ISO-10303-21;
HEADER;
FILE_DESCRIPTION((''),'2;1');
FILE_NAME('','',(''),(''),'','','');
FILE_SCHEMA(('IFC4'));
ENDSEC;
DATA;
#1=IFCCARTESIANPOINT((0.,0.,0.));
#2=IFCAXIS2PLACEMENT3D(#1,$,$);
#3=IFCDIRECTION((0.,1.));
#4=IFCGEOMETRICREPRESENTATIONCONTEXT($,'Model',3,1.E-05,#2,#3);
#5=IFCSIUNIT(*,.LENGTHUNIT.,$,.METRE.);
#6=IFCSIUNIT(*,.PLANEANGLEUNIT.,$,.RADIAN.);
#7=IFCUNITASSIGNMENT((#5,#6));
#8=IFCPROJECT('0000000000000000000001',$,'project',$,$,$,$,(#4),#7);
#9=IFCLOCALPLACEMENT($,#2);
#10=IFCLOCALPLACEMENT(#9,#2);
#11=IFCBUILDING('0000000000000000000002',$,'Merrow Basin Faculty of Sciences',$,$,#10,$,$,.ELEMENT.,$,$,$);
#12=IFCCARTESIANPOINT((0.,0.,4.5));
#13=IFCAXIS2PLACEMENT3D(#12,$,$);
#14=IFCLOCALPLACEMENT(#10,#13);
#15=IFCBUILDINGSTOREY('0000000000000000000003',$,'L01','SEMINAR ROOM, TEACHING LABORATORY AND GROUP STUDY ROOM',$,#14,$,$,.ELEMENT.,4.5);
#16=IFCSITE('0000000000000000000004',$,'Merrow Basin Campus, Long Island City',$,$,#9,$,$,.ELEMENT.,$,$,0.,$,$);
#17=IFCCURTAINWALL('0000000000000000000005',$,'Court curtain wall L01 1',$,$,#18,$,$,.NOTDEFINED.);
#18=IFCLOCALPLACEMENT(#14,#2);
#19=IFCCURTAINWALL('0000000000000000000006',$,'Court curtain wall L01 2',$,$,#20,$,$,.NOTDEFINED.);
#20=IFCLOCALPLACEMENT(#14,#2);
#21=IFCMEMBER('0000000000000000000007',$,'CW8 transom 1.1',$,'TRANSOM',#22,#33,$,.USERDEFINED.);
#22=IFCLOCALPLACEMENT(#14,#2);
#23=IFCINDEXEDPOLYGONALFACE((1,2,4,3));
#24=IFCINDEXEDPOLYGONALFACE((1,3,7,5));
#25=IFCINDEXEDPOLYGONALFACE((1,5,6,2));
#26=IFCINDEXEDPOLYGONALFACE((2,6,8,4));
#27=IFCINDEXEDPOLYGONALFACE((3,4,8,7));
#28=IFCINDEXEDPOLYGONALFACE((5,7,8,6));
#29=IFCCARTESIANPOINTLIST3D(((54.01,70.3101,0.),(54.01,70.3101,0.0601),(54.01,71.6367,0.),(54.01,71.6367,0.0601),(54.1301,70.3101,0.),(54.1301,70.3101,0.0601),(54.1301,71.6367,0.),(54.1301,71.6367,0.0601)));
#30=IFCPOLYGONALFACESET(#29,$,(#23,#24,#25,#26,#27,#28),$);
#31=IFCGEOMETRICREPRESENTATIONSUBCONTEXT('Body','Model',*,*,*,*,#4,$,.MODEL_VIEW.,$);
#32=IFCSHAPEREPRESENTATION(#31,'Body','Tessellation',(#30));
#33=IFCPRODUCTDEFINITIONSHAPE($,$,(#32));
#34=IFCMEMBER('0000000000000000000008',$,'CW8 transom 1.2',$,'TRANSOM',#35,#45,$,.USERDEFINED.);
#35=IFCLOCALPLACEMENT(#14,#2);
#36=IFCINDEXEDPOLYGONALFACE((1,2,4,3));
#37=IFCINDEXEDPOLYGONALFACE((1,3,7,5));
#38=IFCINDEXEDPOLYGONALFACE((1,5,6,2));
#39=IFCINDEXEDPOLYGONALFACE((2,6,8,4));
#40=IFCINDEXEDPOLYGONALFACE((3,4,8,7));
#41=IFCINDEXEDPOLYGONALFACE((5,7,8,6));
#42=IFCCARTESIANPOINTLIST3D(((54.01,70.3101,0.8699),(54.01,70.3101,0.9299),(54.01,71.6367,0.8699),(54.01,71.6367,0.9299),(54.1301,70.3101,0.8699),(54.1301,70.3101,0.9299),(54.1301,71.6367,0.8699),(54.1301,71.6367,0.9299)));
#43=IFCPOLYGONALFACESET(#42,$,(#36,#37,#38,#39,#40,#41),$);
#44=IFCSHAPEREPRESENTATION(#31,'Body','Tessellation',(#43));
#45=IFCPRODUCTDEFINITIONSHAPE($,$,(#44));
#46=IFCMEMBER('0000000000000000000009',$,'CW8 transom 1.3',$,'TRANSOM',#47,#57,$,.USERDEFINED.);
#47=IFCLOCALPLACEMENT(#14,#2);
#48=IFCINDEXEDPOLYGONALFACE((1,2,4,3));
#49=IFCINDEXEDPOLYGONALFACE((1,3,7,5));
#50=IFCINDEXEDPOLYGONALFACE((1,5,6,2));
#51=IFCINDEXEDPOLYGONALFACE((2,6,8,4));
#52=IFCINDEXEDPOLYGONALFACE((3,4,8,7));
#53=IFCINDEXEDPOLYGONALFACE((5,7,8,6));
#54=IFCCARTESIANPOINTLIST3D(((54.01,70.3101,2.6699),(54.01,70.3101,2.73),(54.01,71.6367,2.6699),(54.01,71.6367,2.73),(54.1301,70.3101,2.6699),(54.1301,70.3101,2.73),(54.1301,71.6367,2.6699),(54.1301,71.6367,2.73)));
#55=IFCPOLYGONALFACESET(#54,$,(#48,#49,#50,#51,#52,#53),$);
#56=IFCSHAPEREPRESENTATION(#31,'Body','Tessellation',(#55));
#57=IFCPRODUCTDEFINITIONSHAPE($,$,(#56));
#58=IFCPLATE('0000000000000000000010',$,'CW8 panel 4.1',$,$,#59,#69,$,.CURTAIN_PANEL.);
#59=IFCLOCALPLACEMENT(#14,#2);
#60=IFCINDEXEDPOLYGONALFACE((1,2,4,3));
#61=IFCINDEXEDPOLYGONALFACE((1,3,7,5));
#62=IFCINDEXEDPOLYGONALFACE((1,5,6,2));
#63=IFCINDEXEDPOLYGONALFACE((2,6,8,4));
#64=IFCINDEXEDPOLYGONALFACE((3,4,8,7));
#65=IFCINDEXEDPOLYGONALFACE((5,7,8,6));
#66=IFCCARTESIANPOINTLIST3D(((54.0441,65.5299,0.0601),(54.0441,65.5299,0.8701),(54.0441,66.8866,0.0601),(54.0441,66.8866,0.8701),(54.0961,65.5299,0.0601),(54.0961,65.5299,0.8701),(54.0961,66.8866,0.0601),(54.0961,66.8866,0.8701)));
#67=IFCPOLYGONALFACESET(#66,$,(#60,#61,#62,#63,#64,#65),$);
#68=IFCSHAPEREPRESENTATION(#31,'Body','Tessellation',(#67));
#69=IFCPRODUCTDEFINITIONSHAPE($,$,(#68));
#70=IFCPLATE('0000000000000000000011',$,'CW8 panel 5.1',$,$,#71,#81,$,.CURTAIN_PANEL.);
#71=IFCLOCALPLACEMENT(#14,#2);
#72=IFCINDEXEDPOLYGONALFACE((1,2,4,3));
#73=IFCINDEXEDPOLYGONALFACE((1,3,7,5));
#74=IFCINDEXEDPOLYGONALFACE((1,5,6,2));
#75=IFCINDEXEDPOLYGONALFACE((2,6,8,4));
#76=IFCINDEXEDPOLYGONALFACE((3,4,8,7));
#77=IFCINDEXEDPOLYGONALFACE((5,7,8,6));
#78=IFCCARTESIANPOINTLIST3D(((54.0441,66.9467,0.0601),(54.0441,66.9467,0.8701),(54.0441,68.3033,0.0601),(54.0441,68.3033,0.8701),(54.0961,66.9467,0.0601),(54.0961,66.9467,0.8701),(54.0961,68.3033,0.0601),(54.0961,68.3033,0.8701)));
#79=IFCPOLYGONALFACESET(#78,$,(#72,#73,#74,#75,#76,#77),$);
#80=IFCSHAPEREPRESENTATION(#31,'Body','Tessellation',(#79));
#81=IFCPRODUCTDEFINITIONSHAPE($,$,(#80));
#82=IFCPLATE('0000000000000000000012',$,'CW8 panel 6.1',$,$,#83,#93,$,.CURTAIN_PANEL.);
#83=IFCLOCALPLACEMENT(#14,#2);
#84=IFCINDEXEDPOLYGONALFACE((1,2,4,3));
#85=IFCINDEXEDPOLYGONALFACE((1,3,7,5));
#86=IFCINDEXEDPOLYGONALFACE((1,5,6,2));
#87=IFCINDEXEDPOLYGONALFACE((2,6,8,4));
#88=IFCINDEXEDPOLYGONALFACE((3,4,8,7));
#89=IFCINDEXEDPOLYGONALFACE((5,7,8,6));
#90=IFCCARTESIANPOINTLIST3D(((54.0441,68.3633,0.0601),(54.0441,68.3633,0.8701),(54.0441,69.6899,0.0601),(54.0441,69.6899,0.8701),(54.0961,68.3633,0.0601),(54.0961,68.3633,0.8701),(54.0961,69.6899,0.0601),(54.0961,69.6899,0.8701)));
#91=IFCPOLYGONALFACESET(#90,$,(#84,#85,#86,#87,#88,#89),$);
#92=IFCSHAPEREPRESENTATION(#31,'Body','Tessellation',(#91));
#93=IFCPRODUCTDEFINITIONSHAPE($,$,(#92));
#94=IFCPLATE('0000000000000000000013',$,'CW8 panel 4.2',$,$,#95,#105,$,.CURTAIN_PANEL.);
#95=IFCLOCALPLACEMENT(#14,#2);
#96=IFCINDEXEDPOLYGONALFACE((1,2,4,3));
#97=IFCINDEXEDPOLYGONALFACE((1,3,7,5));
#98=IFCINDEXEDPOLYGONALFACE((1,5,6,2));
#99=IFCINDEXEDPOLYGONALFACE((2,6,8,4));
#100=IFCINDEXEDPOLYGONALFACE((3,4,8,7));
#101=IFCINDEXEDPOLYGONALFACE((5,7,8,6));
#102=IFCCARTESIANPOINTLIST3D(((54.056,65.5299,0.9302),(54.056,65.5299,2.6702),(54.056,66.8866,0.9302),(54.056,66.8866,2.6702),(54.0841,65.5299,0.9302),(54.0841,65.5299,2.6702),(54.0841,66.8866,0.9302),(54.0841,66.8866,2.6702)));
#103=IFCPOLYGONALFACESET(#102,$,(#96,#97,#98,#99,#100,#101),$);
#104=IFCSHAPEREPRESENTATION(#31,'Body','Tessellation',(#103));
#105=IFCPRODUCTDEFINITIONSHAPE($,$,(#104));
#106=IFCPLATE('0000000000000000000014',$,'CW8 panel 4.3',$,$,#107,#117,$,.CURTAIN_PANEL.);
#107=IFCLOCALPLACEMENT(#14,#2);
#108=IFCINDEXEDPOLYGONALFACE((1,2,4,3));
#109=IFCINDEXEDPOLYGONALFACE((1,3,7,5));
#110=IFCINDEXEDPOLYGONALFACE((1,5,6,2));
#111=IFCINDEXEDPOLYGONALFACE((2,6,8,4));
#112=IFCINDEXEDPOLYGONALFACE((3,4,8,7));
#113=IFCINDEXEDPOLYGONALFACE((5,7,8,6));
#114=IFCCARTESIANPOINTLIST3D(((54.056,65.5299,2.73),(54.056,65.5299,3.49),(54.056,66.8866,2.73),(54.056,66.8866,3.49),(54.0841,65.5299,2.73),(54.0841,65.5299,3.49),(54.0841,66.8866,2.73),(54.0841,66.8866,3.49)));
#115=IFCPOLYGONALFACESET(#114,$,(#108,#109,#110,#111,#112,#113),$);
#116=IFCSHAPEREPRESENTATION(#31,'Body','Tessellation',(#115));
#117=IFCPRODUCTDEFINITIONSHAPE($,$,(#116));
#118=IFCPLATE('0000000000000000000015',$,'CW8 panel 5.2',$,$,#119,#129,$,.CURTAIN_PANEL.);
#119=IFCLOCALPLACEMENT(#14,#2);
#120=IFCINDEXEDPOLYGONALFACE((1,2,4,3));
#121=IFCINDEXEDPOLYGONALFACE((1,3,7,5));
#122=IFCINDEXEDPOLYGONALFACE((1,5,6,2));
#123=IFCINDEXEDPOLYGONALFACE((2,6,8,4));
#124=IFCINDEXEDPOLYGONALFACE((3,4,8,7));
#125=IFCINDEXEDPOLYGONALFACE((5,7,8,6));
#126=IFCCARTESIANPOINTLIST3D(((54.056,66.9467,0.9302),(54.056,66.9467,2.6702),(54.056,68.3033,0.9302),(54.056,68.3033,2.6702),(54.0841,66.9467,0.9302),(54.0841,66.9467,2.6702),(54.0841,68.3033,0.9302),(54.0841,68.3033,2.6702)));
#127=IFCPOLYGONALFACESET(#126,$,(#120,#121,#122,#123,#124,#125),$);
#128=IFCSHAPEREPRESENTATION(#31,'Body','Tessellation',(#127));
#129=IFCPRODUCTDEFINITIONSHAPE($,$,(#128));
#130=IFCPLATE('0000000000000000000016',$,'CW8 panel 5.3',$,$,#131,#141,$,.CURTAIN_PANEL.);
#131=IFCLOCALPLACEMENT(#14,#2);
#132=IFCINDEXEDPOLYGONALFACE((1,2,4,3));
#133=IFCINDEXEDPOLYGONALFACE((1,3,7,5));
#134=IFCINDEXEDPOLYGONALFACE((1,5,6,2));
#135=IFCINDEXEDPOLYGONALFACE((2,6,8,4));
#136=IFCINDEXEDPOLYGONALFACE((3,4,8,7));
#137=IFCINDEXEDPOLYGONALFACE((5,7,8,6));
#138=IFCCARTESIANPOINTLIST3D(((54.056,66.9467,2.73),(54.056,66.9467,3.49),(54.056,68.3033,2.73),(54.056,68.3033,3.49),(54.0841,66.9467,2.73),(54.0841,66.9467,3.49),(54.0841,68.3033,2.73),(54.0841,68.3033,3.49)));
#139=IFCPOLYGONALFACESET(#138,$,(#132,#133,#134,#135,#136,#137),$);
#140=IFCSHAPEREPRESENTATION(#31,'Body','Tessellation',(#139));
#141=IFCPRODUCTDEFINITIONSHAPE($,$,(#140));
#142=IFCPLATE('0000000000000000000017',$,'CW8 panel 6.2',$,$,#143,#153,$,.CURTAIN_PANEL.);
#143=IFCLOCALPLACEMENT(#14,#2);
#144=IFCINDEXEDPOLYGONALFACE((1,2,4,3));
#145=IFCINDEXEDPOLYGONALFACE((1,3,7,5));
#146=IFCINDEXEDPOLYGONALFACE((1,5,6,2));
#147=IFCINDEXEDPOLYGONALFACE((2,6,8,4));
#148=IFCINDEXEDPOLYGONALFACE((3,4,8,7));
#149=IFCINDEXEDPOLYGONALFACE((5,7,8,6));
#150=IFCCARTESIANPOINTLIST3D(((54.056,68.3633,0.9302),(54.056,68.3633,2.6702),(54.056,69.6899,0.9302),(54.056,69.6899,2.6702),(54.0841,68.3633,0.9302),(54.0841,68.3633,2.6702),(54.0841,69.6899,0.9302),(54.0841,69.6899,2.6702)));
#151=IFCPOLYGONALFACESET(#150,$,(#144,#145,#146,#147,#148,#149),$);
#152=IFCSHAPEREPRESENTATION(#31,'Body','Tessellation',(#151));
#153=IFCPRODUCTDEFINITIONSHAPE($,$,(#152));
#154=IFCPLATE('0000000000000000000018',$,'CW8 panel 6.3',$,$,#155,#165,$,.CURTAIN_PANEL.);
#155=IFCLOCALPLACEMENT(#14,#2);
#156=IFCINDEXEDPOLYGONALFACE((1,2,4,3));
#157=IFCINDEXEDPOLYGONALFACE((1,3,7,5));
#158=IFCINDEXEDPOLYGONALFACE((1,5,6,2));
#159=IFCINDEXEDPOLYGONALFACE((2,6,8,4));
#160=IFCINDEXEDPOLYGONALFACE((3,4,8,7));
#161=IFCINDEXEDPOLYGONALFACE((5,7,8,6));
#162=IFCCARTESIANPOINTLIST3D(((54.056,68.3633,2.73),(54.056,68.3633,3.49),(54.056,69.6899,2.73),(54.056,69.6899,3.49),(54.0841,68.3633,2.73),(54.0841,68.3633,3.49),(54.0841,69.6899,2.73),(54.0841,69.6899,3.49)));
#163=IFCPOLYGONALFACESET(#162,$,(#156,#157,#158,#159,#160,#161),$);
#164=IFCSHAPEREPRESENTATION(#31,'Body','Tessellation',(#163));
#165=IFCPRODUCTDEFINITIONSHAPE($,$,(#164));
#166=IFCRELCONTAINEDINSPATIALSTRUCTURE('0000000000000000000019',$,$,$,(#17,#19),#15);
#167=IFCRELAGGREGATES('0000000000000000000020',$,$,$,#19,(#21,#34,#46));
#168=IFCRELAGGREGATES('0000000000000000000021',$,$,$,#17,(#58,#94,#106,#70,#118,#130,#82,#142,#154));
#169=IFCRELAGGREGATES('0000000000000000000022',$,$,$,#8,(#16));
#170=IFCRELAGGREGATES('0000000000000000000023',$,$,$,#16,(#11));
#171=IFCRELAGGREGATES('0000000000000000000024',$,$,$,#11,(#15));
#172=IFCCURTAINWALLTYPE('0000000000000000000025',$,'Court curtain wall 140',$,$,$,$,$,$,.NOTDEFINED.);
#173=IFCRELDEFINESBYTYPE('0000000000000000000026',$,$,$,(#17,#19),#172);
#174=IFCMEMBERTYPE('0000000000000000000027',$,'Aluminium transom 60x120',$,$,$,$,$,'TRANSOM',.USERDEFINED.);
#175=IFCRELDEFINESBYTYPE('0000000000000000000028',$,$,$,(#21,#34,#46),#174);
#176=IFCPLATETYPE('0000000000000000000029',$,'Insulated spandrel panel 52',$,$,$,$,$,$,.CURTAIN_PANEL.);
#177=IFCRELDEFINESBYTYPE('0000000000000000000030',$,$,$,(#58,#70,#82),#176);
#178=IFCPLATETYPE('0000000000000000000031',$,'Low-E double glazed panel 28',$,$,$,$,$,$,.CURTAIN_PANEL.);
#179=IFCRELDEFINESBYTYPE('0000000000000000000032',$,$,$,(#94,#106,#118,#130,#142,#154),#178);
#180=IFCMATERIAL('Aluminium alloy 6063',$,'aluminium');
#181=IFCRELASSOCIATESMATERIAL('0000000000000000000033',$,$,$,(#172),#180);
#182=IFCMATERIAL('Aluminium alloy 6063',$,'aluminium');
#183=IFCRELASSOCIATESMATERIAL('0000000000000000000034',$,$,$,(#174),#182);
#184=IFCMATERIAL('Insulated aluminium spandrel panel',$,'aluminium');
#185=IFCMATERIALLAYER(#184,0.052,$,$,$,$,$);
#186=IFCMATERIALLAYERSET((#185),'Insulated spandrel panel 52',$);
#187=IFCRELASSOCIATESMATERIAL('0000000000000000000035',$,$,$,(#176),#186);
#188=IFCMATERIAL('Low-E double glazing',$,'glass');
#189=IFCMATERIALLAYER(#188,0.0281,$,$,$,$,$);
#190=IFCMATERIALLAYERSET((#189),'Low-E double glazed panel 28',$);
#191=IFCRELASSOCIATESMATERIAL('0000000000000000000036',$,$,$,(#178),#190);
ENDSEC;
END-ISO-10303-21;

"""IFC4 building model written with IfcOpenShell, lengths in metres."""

from ifc_helpers import new_model, si_unit, direction, frame, origin, origin_2d, place, context, subcontext, project, spatial, rectangle, extrude, material, layer, layer_set, material_profile, profile_set, type_object, element, aggregate, save


model = new_model("IFC4")

# Units and contexts
model_context = context("Model", 3, precision=1e-05, world=origin(), true_north=direction((0.0, 1.0)))
body_context = subcontext(model_context, "Body", "Model", "MODEL_VIEW")
ifc_project = project(units=[si_unit("LENGTHUNIT", "METRE"), si_unit("PLANEANGLEUNIT", "RADIAN")], contexts=[model_context])

# Site, building, storey
site_placement = place(None, origin())
site = spatial("IfcSite", under=ifc_project, at=site_placement, Name="Merrow Basin Campus, Long Island City", CompositionType="ELEMENT", RefElevation=0.0)
building_placement = place(site_placement, origin())
building = spatial("IfcBuilding", under=site, at=building_placement, Name="Merrow Basin Faculty of Sciences", CompositionType="ELEMENT")
storey_placement = place(building_placement, frame((0.0, 0.0, 4.5)))
storey = spatial("IfcBuildingStorey", under=building, at=storey_placement, Name="L01", Description="SEMINAR ROOM, TEACHING LABORATORY AND GROUP STUDY ROOM", CompositionType="ELEMENT", Elevation=4.5)

# Curtain wall
ifc_material_1 = material(Name="Aluminium alloy 6063", Category="aluminium")
curtain_wall_type = type_object("IfcCurtainWallType", Name="Court curtain wall 140", PredefinedType="NOTDEFINED", material=ifc_material_1)
curtain_wall_1_placement = place(storey_placement, origin())
curtain_wall_1 = element("IfcCurtainWall", 1, at=curtain_wall_1_placement, inside=storey, type_object=curtain_wall_type, Name="Court curtain wall L01 1", PredefinedType="NOTDEFINED")

# Curtain wall
curtain_wall_2_placement = place(storey_placement, origin())
curtain_wall_2 = element("IfcCurtainWall", 2, at=curtain_wall_2_placement, inside=storey, type_object=curtain_wall_type, Name="Court curtain wall L01 2", PredefinedType="NOTDEFINED")

# Members
ifc_material_2 = material(Name="Aluminium alloy 6063", Category="aluminium")
ifc_material_profile_1 = material_profile(ifc_material_2, rectangle(XDim=0.1201, YDim=0.0601, at=origin_2d()))
ifc_profile_set_1 = profile_set([ifc_material_profile_1], Name="Aluminium alloy 6063")
member_type_1 = type_object("IfcMemberType", Name="Aluminium transom 60x120", ElementType="TRANSOM", PredefinedType="USERDEFINED", material=ifc_profile_set_1)
member_1_placement = place(storey_placement, frame((54.0701, 70.3101, 0.03), z_axis=(0.0, 1.0, 0.0), x_axis=(-1.0, 0.0, 0.0)))
member_1 = element("IfcMember", 3, at=member_1_placement, type_object=member_type_1, Name="CW8 transom 1.1", ObjectType="TRANSOM", PredefinedType="USERDEFINED", context=body_context, shape_type="SweptSolid", body=[
    extrude(rectangle(XDim=0.1201, YDim=0.0601, at=origin_2d()), origin(), (0.0, 0.0, 1.0), 1.3267),
])
member_2_placement = place(storey_placement, frame((54.0701, 70.3101, 0.8999), z_axis=(0.0, 1.0, 0.0), x_axis=(-1.0, 0.0, 0.0)))
member_2 = element("IfcMember", 4, at=member_2_placement, type_object=member_type_1, Name="CW8 transom 1.2", ObjectType="TRANSOM", PredefinedType="USERDEFINED", context=body_context, shape_type="SweptSolid", body=[
    extrude(rectangle(XDim=0.1201, YDim=0.0601, at=origin_2d()), origin(), (0.0, 0.0, 1.0), 1.3267),
])
member_3_placement = place(storey_placement, frame((54.0701, 70.3101, 2.7), z_axis=(0.0, 1.0, 0.0), x_axis=(-1.0, 0.0, 0.0)))
member_3 = element("IfcMember", 5, at=member_3_placement, type_object=member_type_1, Name="CW8 transom 1.3", ObjectType="TRANSOM", PredefinedType="USERDEFINED", context=body_context, shape_type="SweptSolid", body=[
    extrude(rectangle(XDim=0.1201, YDim=0.0601, at=origin_2d()), origin(), (0.0, 0.0, 1.0), 1.3267),
])
aggregate(curtain_wall_2, [member_1, member_2, member_3])

# Plates
ifc_material_3 = material(Name="Insulated aluminium spandrel panel", Category="aluminium")
ifc_layer_1 = layer(ifc_material_3, 0.052)
ifc_layer_set_1 = layer_set([ifc_layer_1], Name="Insulated spandrel panel 52")
plate_type_1 = type_object("IfcPlateType", Name="Insulated spandrel panel 52", PredefinedType="CURTAIN_PANEL", material=ifc_layer_set_1)
plate_1_placement = place(storey_placement, frame((54.0701, 66.2083, 0.0601), z_axis=(0.0, 0.0, 1.0), x_axis=(0.0, 1.0, 0.0)))
plate_1 = element("IfcPlate", 6, at=plate_1_placement, type_object=plate_type_1, Name="CW8 panel 4.1", PredefinedType="CURTAIN_PANEL", context=body_context, shape_type="SweptSolid", body=[
    extrude(rectangle(XDim=1.3567, YDim=0.052, at=origin_2d()), origin(), (0.0, 0.0, 1.0), 0.8101),
])
plate_2_placement = place(storey_placement, frame((54.0701, 67.625, 0.0601), z_axis=(0.0, 0.0, 1.0), x_axis=(0.0, 1.0, 0.0)))
plate_2 = element("IfcPlate", 7, at=plate_2_placement, type_object=plate_type_1, Name="CW8 panel 5.1", PredefinedType="CURTAIN_PANEL", context=body_context, shape_type="SweptSolid", body=[
    extrude(rectangle(XDim=1.3567, YDim=0.052, at=origin_2d()), origin(), (0.0, 0.0, 1.0), 0.8101),
])
plate_3_placement = place(storey_placement, frame((54.0701, 69.0266, 0.0601), z_axis=(0.0, 0.0, 1.0), x_axis=(0.0, 1.0, 0.0)))
plate_3 = element("IfcPlate", 8, at=plate_3_placement, type_object=plate_type_1, Name="CW8 panel 6.1", PredefinedType="CURTAIN_PANEL", context=body_context, shape_type="SweptSolid", body=[
    extrude(rectangle(XDim=1.3267, YDim=0.052, at=origin_2d()), origin(), (0.0, 0.0, 1.0), 0.8101),
])
ifc_material_4 = material(Name="Low-E double glazing", Category="glass")
ifc_layer_2 = layer(ifc_material_4, 0.0281)
ifc_layer_set_2 = layer_set([ifc_layer_2], Name="Low-E double glazed panel 28")
plate_type_2 = type_object("IfcPlateType", Name="Low-E double glazed panel 28", PredefinedType="CURTAIN_PANEL", material=ifc_layer_set_2)
plate_4_placement = place(storey_placement, frame((54.0701, 66.2083, 0.9302), z_axis=(0.0, 0.0, 1.0), x_axis=(0.0, 1.0, 0.0)))
plate_4 = element("IfcPlate", 9, at=plate_4_placement, type_object=plate_type_2, Name="CW8 panel 4.2", PredefinedType="CURTAIN_PANEL", context=body_context, shape_type="SweptSolid", body=[
    extrude(rectangle(XDim=1.3567, YDim=0.0281, at=origin_2d()), origin(), (0.0, 0.0, 1.0), 1.74),
])
plate_5_placement = place(storey_placement, frame((54.0701, 66.2083, 2.73), z_axis=(0.0, 0.0, 1.0), x_axis=(0.0, 1.0, 0.0)))
plate_5 = element("IfcPlate", 10, at=plate_5_placement, type_object=plate_type_2, Name="CW8 panel 4.3", PredefinedType="CURTAIN_PANEL", context=body_context, shape_type="SweptSolid", body=[
    extrude(rectangle(XDim=1.3567, YDim=0.0281, at=origin_2d()), origin(), (0.0, 0.0, 1.0), 0.76),
])
plate_6_placement = place(storey_placement, frame((54.0701, 67.625, 0.9302), z_axis=(0.0, 0.0, 1.0), x_axis=(0.0, 1.0, 0.0)))
plate_6 = element("IfcPlate", 11, at=plate_6_placement, type_object=plate_type_2, Name="CW8 panel 5.2", PredefinedType="CURTAIN_PANEL", context=body_context, shape_type="SweptSolid", body=[
    extrude(rectangle(XDim=1.3567, YDim=0.0281, at=origin_2d()), origin(), (0.0, 0.0, 1.0), 1.74),
])
plate_7_placement = place(storey_placement, frame((54.0701, 67.625, 2.73), z_axis=(0.0, 0.0, 1.0), x_axis=(0.0, 1.0, 0.0)))
plate_7 = element("IfcPlate", 12, at=plate_7_placement, type_object=plate_type_2, Name="CW8 panel 5.3", PredefinedType="CURTAIN_PANEL", context=body_context, shape_type="SweptSolid", body=[
    extrude(rectangle(XDim=1.3567, YDim=0.0281, at=origin_2d()), origin(), (0.0, 0.0, 1.0), 0.76),
])
plate_8_placement = place(storey_placement, frame((54.0701, 69.0266, 0.9302), z_axis=(0.0, 0.0, 1.0), x_axis=(0.0, 1.0, 0.0)))
plate_8 = element("IfcPlate", 13, at=plate_8_placement, type_object=plate_type_2, Name="CW8 panel 6.2", PredefinedType="CURTAIN_PANEL", context=body_context, shape_type="SweptSolid", body=[
    extrude(rectangle(XDim=1.3267, YDim=0.0281, at=origin_2d()), origin(), (0.0, 0.0, 1.0), 1.74),
])
plate_9_placement = place(storey_placement, frame((54.0701, 69.0266, 2.73), z_axis=(0.0, 0.0, 1.0), x_axis=(0.0, 1.0, 0.0)))
plate_9 = element("IfcPlate", 14, at=plate_9_placement, type_object=plate_type_2, Name="CW8 panel 6.3", PredefinedType="CURTAIN_PANEL", context=body_context, shape_type="SweptSolid", body=[
    extrude(rectangle(XDim=1.3267, YDim=0.0281, at=origin_2d()), origin(), (0.0, 0.0, 1.0), 0.76),
])
aggregate(curtain_wall_1, [plate_1, plate_4, plate_5, plate_2, plate_6, plate_7, plate_3, plate_8, plate_9])

save(model, "model.ifc")
